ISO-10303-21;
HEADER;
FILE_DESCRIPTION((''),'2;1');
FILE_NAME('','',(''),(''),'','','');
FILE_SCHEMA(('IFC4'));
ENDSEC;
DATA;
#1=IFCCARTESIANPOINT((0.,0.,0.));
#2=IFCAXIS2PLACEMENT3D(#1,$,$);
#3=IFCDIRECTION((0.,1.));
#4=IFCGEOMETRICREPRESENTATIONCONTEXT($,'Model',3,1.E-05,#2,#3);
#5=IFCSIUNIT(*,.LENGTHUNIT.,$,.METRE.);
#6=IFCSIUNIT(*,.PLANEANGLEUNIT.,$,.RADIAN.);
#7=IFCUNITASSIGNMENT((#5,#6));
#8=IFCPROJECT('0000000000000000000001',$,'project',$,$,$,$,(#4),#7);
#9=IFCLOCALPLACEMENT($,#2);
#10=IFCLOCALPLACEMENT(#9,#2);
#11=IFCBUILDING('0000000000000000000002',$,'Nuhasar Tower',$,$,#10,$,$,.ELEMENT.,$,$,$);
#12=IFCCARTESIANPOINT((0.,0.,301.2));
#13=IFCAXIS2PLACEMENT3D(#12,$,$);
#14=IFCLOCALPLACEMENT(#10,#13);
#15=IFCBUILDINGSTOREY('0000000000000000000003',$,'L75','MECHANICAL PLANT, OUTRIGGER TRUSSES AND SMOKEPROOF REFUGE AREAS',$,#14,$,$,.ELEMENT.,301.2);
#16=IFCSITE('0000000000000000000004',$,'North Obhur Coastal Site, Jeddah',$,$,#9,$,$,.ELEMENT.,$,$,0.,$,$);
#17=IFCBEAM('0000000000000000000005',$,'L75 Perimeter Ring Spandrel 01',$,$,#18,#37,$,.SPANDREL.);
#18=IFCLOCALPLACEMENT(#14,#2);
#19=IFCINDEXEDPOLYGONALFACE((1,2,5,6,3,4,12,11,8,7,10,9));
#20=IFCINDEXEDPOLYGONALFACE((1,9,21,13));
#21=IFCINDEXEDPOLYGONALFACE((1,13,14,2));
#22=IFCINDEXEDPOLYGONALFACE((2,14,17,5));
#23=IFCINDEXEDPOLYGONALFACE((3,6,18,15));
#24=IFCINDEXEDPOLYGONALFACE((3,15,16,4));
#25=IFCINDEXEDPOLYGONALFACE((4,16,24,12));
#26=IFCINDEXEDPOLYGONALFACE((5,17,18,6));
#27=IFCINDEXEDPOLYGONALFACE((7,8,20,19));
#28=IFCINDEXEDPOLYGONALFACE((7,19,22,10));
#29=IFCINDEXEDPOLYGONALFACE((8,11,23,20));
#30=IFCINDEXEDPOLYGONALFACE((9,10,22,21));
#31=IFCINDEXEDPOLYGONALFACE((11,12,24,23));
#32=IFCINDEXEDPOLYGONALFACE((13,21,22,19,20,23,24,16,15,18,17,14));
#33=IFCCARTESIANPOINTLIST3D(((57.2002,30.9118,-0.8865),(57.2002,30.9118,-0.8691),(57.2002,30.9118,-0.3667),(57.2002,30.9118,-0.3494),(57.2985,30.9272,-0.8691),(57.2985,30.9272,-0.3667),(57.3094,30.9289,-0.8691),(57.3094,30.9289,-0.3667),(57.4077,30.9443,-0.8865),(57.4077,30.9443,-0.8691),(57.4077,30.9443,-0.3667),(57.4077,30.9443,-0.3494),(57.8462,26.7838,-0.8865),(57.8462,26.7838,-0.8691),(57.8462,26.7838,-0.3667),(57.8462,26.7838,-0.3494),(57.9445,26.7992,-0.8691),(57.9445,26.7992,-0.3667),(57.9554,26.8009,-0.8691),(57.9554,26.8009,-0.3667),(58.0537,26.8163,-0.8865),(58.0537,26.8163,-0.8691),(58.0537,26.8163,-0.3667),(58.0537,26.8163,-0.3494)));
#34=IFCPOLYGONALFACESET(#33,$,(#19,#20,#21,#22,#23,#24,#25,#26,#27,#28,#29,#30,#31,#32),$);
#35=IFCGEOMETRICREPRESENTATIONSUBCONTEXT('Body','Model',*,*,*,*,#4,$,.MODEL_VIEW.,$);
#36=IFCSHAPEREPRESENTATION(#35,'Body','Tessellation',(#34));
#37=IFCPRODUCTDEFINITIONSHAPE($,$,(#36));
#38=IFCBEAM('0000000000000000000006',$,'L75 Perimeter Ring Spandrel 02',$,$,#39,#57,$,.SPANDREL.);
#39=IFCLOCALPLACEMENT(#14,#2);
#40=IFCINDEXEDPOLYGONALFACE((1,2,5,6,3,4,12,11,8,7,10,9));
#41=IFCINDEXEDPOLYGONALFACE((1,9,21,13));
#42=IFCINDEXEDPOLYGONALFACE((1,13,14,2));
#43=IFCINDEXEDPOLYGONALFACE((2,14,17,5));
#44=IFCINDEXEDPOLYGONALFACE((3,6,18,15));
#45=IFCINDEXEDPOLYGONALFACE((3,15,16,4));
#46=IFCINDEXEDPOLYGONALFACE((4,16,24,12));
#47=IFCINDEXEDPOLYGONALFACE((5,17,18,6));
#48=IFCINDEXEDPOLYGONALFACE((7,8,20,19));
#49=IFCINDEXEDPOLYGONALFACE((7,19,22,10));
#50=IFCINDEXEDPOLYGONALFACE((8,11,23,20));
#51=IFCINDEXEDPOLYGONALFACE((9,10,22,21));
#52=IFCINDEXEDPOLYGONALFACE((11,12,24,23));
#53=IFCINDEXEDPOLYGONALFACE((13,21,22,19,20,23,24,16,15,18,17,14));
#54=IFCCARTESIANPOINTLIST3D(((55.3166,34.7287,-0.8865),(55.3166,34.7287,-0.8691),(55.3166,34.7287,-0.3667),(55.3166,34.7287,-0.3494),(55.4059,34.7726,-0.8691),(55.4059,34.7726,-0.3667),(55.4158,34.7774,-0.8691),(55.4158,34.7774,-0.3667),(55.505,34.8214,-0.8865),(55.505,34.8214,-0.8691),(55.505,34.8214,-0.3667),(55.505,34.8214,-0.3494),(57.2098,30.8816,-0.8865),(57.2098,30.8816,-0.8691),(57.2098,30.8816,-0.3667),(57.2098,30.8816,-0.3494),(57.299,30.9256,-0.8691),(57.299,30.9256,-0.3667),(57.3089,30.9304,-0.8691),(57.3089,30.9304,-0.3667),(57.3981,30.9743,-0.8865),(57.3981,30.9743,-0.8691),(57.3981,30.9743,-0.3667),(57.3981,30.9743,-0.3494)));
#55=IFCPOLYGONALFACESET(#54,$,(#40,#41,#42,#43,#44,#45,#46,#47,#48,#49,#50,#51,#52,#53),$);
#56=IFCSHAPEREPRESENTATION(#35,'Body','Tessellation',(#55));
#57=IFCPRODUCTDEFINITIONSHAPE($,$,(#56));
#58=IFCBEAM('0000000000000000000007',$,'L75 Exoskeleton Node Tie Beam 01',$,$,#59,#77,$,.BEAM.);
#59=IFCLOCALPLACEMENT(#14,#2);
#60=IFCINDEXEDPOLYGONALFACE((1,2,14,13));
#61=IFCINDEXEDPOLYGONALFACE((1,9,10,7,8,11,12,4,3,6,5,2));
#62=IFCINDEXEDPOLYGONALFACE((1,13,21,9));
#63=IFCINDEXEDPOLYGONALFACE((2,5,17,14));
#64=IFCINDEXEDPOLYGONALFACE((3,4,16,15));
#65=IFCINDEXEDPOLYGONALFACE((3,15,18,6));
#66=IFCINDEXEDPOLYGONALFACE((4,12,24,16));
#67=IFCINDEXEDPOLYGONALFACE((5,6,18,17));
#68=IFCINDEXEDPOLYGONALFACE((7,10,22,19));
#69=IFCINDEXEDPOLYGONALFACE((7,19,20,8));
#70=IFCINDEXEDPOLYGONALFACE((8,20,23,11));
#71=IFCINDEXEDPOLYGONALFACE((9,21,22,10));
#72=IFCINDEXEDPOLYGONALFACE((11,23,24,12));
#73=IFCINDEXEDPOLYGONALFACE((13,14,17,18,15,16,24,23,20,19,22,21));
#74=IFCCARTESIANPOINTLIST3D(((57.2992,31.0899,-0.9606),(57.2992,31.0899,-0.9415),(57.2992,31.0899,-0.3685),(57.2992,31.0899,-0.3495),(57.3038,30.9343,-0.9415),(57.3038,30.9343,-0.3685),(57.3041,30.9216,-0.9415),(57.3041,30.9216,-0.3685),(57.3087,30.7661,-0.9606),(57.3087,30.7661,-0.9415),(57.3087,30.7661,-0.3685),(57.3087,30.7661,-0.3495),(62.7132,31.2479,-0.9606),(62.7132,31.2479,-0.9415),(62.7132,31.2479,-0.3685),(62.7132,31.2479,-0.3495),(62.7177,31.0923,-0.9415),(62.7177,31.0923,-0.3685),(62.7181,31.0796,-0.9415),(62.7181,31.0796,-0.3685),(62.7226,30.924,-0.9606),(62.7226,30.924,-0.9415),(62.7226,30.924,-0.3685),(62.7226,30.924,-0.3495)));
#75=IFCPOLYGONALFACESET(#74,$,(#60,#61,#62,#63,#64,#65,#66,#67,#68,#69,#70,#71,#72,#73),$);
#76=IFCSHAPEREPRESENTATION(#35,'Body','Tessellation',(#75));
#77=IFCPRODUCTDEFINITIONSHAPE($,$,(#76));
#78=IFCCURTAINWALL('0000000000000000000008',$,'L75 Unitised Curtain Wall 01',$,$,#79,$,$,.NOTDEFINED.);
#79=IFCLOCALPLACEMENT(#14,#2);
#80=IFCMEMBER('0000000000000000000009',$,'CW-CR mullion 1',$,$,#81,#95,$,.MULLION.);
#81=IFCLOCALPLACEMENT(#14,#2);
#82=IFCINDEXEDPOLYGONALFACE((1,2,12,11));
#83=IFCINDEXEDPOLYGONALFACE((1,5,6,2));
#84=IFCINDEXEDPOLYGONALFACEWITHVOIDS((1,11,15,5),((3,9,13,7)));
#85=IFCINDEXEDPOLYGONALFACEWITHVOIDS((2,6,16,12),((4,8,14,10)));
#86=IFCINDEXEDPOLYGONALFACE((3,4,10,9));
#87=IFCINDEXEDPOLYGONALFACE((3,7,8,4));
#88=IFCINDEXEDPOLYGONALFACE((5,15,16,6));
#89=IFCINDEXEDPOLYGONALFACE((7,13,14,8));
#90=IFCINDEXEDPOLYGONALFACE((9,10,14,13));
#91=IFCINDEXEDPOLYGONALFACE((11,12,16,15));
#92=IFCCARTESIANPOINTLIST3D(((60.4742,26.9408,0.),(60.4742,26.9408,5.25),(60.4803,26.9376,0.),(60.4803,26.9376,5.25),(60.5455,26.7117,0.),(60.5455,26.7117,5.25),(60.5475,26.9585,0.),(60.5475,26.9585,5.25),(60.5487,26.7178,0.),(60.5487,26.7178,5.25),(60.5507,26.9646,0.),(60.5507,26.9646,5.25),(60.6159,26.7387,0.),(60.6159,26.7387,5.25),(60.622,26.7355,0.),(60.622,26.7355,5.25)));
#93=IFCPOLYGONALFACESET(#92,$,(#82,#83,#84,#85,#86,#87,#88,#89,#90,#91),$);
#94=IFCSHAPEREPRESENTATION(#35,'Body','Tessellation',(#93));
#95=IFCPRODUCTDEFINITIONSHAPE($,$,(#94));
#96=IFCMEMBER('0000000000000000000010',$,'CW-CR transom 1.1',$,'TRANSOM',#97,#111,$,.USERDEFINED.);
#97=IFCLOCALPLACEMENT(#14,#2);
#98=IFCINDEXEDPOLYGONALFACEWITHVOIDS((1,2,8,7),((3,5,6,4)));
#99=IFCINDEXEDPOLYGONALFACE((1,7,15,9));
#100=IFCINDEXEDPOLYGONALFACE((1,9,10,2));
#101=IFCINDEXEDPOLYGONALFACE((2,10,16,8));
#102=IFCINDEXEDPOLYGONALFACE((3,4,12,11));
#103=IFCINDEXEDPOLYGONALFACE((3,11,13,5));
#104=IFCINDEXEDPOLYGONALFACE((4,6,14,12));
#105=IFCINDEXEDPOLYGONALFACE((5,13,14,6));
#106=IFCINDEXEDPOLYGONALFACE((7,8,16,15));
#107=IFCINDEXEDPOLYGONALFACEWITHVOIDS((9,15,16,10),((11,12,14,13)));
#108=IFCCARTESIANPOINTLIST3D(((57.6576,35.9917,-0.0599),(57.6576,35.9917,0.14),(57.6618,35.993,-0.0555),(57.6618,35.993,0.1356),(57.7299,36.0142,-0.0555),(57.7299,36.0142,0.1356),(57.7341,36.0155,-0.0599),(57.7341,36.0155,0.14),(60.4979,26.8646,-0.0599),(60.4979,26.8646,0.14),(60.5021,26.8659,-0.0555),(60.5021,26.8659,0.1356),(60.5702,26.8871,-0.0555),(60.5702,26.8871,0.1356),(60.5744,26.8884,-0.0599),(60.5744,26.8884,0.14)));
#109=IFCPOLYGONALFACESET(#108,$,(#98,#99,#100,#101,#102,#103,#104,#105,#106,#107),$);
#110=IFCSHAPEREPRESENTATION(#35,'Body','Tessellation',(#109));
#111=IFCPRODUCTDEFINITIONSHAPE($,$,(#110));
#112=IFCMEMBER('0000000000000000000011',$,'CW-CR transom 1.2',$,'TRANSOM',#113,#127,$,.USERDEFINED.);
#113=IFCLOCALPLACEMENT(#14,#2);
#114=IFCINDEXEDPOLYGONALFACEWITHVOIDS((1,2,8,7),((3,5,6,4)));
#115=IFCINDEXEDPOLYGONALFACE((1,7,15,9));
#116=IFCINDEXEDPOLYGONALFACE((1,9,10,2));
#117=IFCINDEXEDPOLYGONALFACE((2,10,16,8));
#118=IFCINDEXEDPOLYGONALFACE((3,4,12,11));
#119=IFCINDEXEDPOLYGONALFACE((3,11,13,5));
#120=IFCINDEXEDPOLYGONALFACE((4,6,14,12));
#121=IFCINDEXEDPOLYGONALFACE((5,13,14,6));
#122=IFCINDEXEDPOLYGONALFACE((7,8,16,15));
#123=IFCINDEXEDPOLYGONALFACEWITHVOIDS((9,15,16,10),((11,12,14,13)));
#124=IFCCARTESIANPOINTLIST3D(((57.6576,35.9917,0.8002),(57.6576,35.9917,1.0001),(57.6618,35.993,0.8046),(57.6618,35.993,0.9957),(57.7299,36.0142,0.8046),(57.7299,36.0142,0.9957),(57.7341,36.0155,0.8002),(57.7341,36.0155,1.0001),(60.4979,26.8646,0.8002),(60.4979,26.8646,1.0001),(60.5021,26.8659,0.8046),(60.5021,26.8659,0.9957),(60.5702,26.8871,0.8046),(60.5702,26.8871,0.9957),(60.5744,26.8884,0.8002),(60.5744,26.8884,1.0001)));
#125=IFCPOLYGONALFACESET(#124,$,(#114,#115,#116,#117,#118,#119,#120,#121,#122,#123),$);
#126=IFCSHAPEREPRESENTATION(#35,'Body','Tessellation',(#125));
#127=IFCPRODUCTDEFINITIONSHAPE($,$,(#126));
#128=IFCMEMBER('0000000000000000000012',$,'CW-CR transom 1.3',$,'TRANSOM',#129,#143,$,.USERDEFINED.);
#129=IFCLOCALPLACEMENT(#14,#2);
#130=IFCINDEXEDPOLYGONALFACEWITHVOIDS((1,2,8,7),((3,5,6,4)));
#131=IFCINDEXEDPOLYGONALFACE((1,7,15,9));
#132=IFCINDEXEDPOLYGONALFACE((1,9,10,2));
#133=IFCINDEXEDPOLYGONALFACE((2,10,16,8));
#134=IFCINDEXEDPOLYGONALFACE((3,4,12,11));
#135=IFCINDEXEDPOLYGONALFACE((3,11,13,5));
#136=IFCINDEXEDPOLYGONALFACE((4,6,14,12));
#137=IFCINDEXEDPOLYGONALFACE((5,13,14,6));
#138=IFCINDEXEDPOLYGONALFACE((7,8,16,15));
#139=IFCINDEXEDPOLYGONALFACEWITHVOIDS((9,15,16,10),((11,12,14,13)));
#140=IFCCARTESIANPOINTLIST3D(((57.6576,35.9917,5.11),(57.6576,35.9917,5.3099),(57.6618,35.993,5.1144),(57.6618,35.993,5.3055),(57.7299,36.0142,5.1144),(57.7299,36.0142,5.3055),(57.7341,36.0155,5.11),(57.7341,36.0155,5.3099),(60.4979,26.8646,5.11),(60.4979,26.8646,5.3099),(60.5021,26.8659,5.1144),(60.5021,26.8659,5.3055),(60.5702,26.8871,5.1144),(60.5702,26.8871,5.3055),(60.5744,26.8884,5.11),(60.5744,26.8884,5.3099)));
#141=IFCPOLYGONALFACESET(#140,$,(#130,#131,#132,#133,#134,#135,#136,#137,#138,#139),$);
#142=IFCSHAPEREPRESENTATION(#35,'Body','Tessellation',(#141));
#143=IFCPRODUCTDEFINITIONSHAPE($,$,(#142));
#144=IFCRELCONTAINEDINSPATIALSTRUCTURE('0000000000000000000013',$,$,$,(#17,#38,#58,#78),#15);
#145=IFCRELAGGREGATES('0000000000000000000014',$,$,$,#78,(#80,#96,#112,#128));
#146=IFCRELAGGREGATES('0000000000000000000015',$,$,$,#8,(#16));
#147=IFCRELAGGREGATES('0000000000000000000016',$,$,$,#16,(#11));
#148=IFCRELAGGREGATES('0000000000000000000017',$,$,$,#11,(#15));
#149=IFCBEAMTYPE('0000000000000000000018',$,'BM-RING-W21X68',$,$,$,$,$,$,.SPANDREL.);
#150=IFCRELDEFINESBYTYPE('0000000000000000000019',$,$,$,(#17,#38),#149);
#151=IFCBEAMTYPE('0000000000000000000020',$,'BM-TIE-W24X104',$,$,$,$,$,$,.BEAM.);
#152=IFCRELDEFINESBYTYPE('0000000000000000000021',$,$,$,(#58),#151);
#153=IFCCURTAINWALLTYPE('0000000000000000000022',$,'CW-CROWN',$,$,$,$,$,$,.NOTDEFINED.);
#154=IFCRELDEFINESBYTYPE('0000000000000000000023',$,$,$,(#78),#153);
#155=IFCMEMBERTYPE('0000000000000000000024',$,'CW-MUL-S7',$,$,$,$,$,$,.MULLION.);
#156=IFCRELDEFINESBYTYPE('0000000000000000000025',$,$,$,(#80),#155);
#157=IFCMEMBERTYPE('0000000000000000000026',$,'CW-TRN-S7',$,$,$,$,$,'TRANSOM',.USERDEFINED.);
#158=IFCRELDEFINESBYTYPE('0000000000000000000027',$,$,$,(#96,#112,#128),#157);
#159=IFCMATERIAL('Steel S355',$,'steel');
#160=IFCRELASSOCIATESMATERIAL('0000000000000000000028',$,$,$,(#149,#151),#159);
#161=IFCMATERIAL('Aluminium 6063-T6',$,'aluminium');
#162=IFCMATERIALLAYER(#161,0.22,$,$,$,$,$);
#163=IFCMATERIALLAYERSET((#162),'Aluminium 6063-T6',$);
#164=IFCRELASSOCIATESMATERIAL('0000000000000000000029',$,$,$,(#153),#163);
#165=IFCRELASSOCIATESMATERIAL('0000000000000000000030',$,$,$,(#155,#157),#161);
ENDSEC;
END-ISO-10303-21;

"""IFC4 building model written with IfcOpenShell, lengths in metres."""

from ifc_helpers import new_model, si_unit, direction, frame, origin, origin_2d, place, context, subcontext, project, spatial, hollow_rectangle, i_section, extrude, material, layer, layer_set, material_profile, profile_set, type_object, element, aggregate, save


model = new_model("IFC4")

# Units and contexts
model_context = context("Model", 3, precision=1e-05, world=origin(), true_north=direction((0.0, 1.0)))
body_context = subcontext(model_context, "Body", "Model", "MODEL_VIEW")
ifc_project = project(units=[si_unit("LENGTHUNIT", "METRE"), si_unit("PLANEANGLEUNIT", "RADIAN")], contexts=[model_context])

# Site, building, storey
site_placement = place(None, origin())
site = spatial("IfcSite", under=ifc_project, at=site_placement, Name="North Obhur Coastal Site, Jeddah", CompositionType="ELEMENT", RefElevation=0.0)
building_placement = place(site_placement, origin())
building = spatial("IfcBuilding", under=site, at=building_placement, Name="Nuhasar Tower", CompositionType="ELEMENT")
storey_placement = place(building_placement, frame((0.0, 0.0, 301.2)))
storey = spatial("IfcBuildingStorey", under=building, at=storey_placement, Name="L75", Description="MECHANICAL PLANT, OUTRIGGER TRUSSES AND SMOKEPROOF REFUGE AREAS", CompositionType="ELEMENT", Elevation=301.2)

# Beams
ifc_material_1 = material(Name="Steel S355", Category="steel")
ifc_material_profile_1 = material_profile(ifc_material_1, i_section(OverallWidth=0.21, OverallDepth=0.5371, WebThickness=0.011, FlangeThickness=0.0173, at=origin_2d()), Name="W21X68")
ifc_profile_set_1 = profile_set([ifc_material_profile_1], Name="Steel S355")
beam_type_1 = type_object("IfcBeamType", Name="BM-RING-W21X68", PredefinedType="SPANDREL", material=ifc_profile_set_1)
beam_1_placement = place(storey_placement, frame((57.95, 26.8, -0.6179), z_axis=(-0.154612, 0.987975, 0.0), x_axis=(-0.987975, -0.154612, 0.0)))
element("IfcBeam", 1, at=beam_1_placement, inside=storey, type_object=beam_type_1, Name="L75 Perimeter Ring Spandrel 01", PredefinedType="SPANDREL", context=body_context, shape_type="SweptSolid", body=[
    extrude(i_section(OverallWidth=0.21, OverallDepth=0.5371, WebThickness=0.011, FlangeThickness=0.0173, at=origin_2d()), origin(), (0.0, 0.0, 1.0), 4.1782),
])
beam_2_placement = place(storey_placement, frame((57.304, 30.928, -0.6179), z_axis=(-0.441533, 0.897245, 0.0), x_axis=(-0.897245, -0.441533, 0.0)))
element("IfcBeam", 2, at=beam_2_placement, inside=storey, type_object=beam_type_1, Name="L75 Perimeter Ring Spandrel 02", PredefinedType="SPANDREL", context=body_context, shape_type="SweptSolid", body=[
    extrude(i_section(OverallWidth=0.21, OverallDepth=0.5371, WebThickness=0.011, FlangeThickness=0.0173, at=origin_2d()), origin(), (0.0, 0.0, 1.0), 4.2876),
])
ifc_material_profile_2 = material_profile(ifc_material_1, i_section(OverallWidth=0.324, OverallDepth=0.6111, WebThickness=0.0127, FlangeThickness=0.019, at=origin_2d()), Name="W24X104")
ifc_profile_set_2 = profile_set([ifc_material_profile_2], Name="Steel S355")
beam_type_2 = type_object("IfcBeamType", Name="BM-TIE-W24X104", PredefinedType="BEAM", material=ifc_profile_set_2)
beam_3_placement = place(storey_placement, frame((57.304, 30.928, -0.655), z_axis=(0.999575, 0.029163, 0.0), x_axis=(-0.029163, 0.999575, 0.0)))
element("IfcBeam", 3, at=beam_3_placement, inside=storey, type_object=beam_type_2, Name="L75 Exoskeleton Node Tie Beam 01", PredefinedType="BEAM", context=body_context, shape_type="SweptSolid", body=[
    extrude(i_section(OverallWidth=0.324, OverallDepth=0.6111, WebThickness=0.0127, FlangeThickness=0.019, at=origin_2d()), origin(), (0.0, 0.0, 1.0), 5.4163),
])

# Curtain wall, members
ifc_material_2 = material(Name="Aluminium 6063-T6", Category="aluminium")
ifc_layer_1 = layer(ifc_material_2, 0.22)
ifc_layer_set_1 = layer_set([ifc_layer_1], Name="Aluminium 6063-T6")
curtain_wall_type = type_object("IfcCurtainWallType", Name="CW-CROWN", PredefinedType="NOTDEFINED", material=ifc_layer_set_1)
curtain_wall_placement = place(storey_placement, origin())
curtain_wall = element("IfcCurtainWall", 4, at=curtain_wall_placement, inside=storey, type_object=curtain_wall_type, Name="L75 Unitised Curtain Wall 01", PredefinedType="NOTDEFINED")
ifc_material_profile_3 = material_profile(ifc_material_2, hollow_rectangle(XDim=0.0801, YDim=0.24, WallThickness=0.0049, at=origin_2d()), Name="CWM-7")
ifc_profile_set_3 = profile_set([ifc_material_profile_3], Name="Aluminium 6063-T6")
member_type_1 = type_object("IfcMemberType", Name="CW-MUL-S7", PredefinedType="MULLION", material=ifc_profile_set_3)
member_1_placement = place(storey_placement, frame((60.5481, 26.8381, 0.0), z_axis=(0.0, 0.0, 1.0), x_axis=(-0.954831, -0.29715, 0.0)))
member_1 = element("IfcMember", 5, at=member_1_placement, type_object=member_type_1, Name="CW-CR mullion 1", PredefinedType="MULLION", context=body_context, shape_type="SweptSolid", body=[
    extrude(hollow_rectangle(XDim=0.0801, YDim=0.24, WallThickness=0.0049, at=origin_2d()), origin(), (0.0, 0.0, 1.0), 5.25),
])
ifc_material_profile_4 = material_profile(ifc_material_2, hollow_rectangle(XDim=0.0801, YDim=0.2, WallThickness=0.0044, at=origin_2d()), Name="CWT-7")
ifc_profile_set_4 = profile_set([ifc_material_profile_4], Name="Aluminium 6063-T6")
member_type_2 = type_object("IfcMemberType", Name="CW-TRN-S7", ElementType="TRANSOM", PredefinedType="USERDEFINED", material=ifc_profile_set_4)
member_2_placement = place(storey_placement, frame((60.5361, 26.8765, 0.04), z_axis=(-0.297139, 0.954834, 0.0), x_axis=(-0.954834, -0.297139, 0.0)))
member_2 = element("IfcMember", 6, at=member_2_placement, type_object=member_type_2, Name="CW-CR transom 1.1", ObjectType="TRANSOM", PredefinedType="USERDEFINED", context=body_context, shape_type="SweptSolid", body=[
    extrude(hollow_rectangle(XDim=0.0801, YDim=0.2, WallThickness=0.0044, at=origin_2d()), origin(), (0.0, 0.0, 1.0), 9.5588),
])
member_3_placement = place(storey_placement, frame((60.5361, 26.8765, 0.9001), z_axis=(-0.297139, 0.954834, 0.0), x_axis=(-0.954834, -0.297139, 0.0)))
member_3 = element("IfcMember", 7, at=member_3_placement, type_object=member_type_2, Name="CW-CR transom 1.2", ObjectType="TRANSOM", PredefinedType="USERDEFINED", context=body_context, shape_type="SweptSolid", body=[
    extrude(hollow_rectangle(XDim=0.0801, YDim=0.2, WallThickness=0.0044, at=origin_2d()), origin(), (0.0, 0.0, 1.0), 9.5588),
])
member_4_placement = place(storey_placement, frame((60.5361, 26.8765, 5.21), z_axis=(-0.297139, 0.954834, 0.0), x_axis=(-0.954834, -0.297139, 0.0)))
member_4 = element("IfcMember", 8, at=member_4_placement, type_object=member_type_2, Name="CW-CR transom 1.3", ObjectType="TRANSOM", PredefinedType="USERDEFINED", context=body_context, shape_type="SweptSolid", body=[
    extrude(hollow_rectangle(XDim=0.0801, YDim=0.2, WallThickness=0.0044, at=origin_2d()), origin(), (0.0, 0.0, 1.0), 9.5588),
])

aggregate(curtain_wall, [member_1, member_2, member_3, member_4])

save(model, "model.ifc")
